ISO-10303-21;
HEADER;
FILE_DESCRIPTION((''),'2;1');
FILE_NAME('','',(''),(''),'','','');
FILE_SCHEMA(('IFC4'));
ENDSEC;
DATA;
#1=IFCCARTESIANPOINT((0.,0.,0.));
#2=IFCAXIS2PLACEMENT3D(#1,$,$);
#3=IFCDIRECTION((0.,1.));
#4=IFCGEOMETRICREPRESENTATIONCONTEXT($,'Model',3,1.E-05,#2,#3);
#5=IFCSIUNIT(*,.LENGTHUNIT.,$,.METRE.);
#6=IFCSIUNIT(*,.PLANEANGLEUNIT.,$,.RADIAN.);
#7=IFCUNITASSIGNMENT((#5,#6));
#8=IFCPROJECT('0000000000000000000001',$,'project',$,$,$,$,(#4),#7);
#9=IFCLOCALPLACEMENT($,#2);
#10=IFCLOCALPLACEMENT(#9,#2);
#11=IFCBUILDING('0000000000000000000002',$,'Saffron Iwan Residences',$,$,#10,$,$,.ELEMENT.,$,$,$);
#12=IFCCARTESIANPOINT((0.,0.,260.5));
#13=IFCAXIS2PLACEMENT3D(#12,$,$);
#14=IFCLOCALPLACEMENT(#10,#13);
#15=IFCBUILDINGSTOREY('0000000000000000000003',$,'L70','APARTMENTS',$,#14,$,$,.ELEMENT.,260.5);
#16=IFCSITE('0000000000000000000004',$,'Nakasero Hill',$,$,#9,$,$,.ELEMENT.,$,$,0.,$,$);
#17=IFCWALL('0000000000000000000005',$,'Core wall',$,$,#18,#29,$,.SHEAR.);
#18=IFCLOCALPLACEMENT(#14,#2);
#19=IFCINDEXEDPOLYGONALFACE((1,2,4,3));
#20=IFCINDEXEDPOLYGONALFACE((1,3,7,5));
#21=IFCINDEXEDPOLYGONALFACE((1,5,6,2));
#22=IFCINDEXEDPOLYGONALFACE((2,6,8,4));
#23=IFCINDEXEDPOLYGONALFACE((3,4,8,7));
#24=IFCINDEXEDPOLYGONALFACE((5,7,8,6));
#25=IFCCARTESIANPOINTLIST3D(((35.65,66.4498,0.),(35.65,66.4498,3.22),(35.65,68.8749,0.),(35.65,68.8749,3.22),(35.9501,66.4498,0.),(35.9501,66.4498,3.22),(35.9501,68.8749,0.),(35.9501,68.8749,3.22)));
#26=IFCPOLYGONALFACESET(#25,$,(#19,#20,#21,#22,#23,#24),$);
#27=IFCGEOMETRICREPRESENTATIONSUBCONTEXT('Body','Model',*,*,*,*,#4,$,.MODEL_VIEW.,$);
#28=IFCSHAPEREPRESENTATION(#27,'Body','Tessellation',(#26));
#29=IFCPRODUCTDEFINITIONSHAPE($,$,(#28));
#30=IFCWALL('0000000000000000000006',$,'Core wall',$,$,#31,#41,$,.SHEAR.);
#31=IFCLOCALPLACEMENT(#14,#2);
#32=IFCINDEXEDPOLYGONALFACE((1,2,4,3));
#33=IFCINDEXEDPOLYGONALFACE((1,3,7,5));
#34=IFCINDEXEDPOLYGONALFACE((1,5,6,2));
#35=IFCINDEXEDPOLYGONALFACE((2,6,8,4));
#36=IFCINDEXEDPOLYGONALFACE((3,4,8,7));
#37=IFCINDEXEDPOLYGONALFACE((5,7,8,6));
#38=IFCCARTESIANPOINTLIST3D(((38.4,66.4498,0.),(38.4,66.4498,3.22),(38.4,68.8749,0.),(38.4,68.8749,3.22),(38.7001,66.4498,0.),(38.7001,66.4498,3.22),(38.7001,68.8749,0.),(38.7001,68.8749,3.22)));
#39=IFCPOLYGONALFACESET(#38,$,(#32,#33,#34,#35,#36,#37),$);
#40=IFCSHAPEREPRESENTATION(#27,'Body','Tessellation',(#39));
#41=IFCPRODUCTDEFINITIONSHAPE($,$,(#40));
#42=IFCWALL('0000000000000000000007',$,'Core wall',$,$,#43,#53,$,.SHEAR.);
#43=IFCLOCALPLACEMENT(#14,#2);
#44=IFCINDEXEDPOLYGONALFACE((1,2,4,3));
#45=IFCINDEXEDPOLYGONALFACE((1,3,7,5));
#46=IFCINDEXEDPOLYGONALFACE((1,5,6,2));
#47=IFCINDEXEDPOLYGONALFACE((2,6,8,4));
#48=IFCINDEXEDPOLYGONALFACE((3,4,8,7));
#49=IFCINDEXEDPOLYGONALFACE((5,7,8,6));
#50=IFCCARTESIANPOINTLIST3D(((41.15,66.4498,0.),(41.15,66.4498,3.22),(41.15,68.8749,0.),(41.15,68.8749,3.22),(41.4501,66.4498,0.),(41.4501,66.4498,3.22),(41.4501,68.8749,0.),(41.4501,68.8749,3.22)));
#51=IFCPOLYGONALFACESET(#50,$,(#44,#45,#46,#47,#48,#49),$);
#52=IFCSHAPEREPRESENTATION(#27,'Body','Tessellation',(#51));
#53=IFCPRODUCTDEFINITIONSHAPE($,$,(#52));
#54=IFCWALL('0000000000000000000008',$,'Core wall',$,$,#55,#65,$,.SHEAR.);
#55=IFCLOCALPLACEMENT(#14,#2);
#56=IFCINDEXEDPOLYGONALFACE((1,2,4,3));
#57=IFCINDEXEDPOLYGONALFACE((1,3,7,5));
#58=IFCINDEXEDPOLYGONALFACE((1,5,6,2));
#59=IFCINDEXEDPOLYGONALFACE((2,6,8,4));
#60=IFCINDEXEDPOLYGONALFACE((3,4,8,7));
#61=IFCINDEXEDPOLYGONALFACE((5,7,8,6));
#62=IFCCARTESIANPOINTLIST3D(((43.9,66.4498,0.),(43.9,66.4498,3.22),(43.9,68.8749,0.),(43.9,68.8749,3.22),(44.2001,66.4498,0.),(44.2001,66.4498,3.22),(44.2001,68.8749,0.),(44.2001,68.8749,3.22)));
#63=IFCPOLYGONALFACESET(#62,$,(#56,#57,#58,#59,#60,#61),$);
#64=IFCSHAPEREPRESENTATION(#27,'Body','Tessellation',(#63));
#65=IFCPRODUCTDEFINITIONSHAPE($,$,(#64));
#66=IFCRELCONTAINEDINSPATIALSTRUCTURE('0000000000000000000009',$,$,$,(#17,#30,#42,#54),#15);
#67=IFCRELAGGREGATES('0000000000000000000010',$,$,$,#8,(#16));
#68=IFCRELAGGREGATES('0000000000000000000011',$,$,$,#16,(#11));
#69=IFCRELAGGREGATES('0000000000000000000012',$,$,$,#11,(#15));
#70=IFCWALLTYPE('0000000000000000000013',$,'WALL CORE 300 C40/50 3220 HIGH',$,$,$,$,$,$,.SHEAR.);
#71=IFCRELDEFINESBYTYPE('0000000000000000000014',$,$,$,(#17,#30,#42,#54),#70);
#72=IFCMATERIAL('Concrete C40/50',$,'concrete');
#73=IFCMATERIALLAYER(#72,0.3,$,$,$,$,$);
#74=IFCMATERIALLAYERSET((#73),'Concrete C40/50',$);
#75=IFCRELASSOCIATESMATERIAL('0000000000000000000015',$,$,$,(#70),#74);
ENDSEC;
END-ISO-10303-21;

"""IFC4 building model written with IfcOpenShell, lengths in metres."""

from ifc_helpers import new_model, si_unit, direction, frame, frame_2d, origin, place, context, subcontext, project, spatial, rectangle, extrude, material, layer, layer_set, type_object, element, save


model = new_model("IFC4")

# Units and contexts
model_context = context("Model", 3, precision=1e-05, world=origin(), true_north=direction((0.0, 1.0)))
body_context = subcontext(model_context, "Body", "Model", "MODEL_VIEW")
ifc_project = project(units=[si_unit("LENGTHUNIT", "METRE"), si_unit("PLANEANGLEUNIT", "RADIAN")], contexts=[model_context])

# Site, building, storey
site_placement = place(None, origin())
site = spatial("IfcSite", under=ifc_project, at=site_placement, Name="Nakasero Hill", CompositionType="ELEMENT", RefElevation=0.0)
building_placement = place(site_placement, origin())
building = spatial("IfcBuilding", under=site, at=building_placement, Name="Saffron Iwan Residences", CompositionType="ELEMENT")
storey_placement = place(building_placement, frame((0.0, 0.0, 260.5)))
storey = spatial("IfcBuildingStorey", under=building, at=storey_placement, Name="L70", Description="APARTMENTS", CompositionType="ELEMENT", Elevation=260.5)

# Shared definitions
ifc_material_1 = material(Name="Concrete C40/50", Category="concrete")
ifc_layer_1 = layer(ifc_material_1, 0.3)
ifc_layer_set_1 = layer_set([ifc_layer_1], Name="Concrete C40/50")
wall_type_1 = type_object("IfcWallType", Name="WALL CORE 300 C40/50 3220 HIGH", PredefinedType="SHEAR", material=ifc_layer_set_1)

# Walls
for number, where, z_axis, x_axis, name in (
    (1, (35.8, 66.45, 0.0), (0.0, 0.0, 1.0), (0.0, 1.0, 0.0), "Core wall"),
    (2, (38.55, 66.45, 0.0), (0.0, 0.0, 1.0), (0.0, 1.0, 0.0), "Core wall"),
    (3, (41.3, 66.45, 0.0), (0.0, 0.0, 1.0), (0.0, 1.0, 0.0), "Core wall"),
    (4, (44.05, 66.45, 0.0), (0.0, 0.0, 1.0), (0.0, 1.0, 0.0), "Core wall"),
):
    element("IfcWall", number, at=place(storey_placement, frame(where, z_axis=z_axis, x_axis=x_axis)), inside=storey, type_object=wall_type_1, Name=name, PredefinedType="SHEAR", context=body_context, shape_type="SweptSolid", body=[
        extrude(rectangle(XDim=2.425, YDim=0.3, at=frame_2d((1.2124, 0.0))), origin(), (0.0, 0.0, 1.0), 3.22),
    ])

save(model, "model.ifc")
